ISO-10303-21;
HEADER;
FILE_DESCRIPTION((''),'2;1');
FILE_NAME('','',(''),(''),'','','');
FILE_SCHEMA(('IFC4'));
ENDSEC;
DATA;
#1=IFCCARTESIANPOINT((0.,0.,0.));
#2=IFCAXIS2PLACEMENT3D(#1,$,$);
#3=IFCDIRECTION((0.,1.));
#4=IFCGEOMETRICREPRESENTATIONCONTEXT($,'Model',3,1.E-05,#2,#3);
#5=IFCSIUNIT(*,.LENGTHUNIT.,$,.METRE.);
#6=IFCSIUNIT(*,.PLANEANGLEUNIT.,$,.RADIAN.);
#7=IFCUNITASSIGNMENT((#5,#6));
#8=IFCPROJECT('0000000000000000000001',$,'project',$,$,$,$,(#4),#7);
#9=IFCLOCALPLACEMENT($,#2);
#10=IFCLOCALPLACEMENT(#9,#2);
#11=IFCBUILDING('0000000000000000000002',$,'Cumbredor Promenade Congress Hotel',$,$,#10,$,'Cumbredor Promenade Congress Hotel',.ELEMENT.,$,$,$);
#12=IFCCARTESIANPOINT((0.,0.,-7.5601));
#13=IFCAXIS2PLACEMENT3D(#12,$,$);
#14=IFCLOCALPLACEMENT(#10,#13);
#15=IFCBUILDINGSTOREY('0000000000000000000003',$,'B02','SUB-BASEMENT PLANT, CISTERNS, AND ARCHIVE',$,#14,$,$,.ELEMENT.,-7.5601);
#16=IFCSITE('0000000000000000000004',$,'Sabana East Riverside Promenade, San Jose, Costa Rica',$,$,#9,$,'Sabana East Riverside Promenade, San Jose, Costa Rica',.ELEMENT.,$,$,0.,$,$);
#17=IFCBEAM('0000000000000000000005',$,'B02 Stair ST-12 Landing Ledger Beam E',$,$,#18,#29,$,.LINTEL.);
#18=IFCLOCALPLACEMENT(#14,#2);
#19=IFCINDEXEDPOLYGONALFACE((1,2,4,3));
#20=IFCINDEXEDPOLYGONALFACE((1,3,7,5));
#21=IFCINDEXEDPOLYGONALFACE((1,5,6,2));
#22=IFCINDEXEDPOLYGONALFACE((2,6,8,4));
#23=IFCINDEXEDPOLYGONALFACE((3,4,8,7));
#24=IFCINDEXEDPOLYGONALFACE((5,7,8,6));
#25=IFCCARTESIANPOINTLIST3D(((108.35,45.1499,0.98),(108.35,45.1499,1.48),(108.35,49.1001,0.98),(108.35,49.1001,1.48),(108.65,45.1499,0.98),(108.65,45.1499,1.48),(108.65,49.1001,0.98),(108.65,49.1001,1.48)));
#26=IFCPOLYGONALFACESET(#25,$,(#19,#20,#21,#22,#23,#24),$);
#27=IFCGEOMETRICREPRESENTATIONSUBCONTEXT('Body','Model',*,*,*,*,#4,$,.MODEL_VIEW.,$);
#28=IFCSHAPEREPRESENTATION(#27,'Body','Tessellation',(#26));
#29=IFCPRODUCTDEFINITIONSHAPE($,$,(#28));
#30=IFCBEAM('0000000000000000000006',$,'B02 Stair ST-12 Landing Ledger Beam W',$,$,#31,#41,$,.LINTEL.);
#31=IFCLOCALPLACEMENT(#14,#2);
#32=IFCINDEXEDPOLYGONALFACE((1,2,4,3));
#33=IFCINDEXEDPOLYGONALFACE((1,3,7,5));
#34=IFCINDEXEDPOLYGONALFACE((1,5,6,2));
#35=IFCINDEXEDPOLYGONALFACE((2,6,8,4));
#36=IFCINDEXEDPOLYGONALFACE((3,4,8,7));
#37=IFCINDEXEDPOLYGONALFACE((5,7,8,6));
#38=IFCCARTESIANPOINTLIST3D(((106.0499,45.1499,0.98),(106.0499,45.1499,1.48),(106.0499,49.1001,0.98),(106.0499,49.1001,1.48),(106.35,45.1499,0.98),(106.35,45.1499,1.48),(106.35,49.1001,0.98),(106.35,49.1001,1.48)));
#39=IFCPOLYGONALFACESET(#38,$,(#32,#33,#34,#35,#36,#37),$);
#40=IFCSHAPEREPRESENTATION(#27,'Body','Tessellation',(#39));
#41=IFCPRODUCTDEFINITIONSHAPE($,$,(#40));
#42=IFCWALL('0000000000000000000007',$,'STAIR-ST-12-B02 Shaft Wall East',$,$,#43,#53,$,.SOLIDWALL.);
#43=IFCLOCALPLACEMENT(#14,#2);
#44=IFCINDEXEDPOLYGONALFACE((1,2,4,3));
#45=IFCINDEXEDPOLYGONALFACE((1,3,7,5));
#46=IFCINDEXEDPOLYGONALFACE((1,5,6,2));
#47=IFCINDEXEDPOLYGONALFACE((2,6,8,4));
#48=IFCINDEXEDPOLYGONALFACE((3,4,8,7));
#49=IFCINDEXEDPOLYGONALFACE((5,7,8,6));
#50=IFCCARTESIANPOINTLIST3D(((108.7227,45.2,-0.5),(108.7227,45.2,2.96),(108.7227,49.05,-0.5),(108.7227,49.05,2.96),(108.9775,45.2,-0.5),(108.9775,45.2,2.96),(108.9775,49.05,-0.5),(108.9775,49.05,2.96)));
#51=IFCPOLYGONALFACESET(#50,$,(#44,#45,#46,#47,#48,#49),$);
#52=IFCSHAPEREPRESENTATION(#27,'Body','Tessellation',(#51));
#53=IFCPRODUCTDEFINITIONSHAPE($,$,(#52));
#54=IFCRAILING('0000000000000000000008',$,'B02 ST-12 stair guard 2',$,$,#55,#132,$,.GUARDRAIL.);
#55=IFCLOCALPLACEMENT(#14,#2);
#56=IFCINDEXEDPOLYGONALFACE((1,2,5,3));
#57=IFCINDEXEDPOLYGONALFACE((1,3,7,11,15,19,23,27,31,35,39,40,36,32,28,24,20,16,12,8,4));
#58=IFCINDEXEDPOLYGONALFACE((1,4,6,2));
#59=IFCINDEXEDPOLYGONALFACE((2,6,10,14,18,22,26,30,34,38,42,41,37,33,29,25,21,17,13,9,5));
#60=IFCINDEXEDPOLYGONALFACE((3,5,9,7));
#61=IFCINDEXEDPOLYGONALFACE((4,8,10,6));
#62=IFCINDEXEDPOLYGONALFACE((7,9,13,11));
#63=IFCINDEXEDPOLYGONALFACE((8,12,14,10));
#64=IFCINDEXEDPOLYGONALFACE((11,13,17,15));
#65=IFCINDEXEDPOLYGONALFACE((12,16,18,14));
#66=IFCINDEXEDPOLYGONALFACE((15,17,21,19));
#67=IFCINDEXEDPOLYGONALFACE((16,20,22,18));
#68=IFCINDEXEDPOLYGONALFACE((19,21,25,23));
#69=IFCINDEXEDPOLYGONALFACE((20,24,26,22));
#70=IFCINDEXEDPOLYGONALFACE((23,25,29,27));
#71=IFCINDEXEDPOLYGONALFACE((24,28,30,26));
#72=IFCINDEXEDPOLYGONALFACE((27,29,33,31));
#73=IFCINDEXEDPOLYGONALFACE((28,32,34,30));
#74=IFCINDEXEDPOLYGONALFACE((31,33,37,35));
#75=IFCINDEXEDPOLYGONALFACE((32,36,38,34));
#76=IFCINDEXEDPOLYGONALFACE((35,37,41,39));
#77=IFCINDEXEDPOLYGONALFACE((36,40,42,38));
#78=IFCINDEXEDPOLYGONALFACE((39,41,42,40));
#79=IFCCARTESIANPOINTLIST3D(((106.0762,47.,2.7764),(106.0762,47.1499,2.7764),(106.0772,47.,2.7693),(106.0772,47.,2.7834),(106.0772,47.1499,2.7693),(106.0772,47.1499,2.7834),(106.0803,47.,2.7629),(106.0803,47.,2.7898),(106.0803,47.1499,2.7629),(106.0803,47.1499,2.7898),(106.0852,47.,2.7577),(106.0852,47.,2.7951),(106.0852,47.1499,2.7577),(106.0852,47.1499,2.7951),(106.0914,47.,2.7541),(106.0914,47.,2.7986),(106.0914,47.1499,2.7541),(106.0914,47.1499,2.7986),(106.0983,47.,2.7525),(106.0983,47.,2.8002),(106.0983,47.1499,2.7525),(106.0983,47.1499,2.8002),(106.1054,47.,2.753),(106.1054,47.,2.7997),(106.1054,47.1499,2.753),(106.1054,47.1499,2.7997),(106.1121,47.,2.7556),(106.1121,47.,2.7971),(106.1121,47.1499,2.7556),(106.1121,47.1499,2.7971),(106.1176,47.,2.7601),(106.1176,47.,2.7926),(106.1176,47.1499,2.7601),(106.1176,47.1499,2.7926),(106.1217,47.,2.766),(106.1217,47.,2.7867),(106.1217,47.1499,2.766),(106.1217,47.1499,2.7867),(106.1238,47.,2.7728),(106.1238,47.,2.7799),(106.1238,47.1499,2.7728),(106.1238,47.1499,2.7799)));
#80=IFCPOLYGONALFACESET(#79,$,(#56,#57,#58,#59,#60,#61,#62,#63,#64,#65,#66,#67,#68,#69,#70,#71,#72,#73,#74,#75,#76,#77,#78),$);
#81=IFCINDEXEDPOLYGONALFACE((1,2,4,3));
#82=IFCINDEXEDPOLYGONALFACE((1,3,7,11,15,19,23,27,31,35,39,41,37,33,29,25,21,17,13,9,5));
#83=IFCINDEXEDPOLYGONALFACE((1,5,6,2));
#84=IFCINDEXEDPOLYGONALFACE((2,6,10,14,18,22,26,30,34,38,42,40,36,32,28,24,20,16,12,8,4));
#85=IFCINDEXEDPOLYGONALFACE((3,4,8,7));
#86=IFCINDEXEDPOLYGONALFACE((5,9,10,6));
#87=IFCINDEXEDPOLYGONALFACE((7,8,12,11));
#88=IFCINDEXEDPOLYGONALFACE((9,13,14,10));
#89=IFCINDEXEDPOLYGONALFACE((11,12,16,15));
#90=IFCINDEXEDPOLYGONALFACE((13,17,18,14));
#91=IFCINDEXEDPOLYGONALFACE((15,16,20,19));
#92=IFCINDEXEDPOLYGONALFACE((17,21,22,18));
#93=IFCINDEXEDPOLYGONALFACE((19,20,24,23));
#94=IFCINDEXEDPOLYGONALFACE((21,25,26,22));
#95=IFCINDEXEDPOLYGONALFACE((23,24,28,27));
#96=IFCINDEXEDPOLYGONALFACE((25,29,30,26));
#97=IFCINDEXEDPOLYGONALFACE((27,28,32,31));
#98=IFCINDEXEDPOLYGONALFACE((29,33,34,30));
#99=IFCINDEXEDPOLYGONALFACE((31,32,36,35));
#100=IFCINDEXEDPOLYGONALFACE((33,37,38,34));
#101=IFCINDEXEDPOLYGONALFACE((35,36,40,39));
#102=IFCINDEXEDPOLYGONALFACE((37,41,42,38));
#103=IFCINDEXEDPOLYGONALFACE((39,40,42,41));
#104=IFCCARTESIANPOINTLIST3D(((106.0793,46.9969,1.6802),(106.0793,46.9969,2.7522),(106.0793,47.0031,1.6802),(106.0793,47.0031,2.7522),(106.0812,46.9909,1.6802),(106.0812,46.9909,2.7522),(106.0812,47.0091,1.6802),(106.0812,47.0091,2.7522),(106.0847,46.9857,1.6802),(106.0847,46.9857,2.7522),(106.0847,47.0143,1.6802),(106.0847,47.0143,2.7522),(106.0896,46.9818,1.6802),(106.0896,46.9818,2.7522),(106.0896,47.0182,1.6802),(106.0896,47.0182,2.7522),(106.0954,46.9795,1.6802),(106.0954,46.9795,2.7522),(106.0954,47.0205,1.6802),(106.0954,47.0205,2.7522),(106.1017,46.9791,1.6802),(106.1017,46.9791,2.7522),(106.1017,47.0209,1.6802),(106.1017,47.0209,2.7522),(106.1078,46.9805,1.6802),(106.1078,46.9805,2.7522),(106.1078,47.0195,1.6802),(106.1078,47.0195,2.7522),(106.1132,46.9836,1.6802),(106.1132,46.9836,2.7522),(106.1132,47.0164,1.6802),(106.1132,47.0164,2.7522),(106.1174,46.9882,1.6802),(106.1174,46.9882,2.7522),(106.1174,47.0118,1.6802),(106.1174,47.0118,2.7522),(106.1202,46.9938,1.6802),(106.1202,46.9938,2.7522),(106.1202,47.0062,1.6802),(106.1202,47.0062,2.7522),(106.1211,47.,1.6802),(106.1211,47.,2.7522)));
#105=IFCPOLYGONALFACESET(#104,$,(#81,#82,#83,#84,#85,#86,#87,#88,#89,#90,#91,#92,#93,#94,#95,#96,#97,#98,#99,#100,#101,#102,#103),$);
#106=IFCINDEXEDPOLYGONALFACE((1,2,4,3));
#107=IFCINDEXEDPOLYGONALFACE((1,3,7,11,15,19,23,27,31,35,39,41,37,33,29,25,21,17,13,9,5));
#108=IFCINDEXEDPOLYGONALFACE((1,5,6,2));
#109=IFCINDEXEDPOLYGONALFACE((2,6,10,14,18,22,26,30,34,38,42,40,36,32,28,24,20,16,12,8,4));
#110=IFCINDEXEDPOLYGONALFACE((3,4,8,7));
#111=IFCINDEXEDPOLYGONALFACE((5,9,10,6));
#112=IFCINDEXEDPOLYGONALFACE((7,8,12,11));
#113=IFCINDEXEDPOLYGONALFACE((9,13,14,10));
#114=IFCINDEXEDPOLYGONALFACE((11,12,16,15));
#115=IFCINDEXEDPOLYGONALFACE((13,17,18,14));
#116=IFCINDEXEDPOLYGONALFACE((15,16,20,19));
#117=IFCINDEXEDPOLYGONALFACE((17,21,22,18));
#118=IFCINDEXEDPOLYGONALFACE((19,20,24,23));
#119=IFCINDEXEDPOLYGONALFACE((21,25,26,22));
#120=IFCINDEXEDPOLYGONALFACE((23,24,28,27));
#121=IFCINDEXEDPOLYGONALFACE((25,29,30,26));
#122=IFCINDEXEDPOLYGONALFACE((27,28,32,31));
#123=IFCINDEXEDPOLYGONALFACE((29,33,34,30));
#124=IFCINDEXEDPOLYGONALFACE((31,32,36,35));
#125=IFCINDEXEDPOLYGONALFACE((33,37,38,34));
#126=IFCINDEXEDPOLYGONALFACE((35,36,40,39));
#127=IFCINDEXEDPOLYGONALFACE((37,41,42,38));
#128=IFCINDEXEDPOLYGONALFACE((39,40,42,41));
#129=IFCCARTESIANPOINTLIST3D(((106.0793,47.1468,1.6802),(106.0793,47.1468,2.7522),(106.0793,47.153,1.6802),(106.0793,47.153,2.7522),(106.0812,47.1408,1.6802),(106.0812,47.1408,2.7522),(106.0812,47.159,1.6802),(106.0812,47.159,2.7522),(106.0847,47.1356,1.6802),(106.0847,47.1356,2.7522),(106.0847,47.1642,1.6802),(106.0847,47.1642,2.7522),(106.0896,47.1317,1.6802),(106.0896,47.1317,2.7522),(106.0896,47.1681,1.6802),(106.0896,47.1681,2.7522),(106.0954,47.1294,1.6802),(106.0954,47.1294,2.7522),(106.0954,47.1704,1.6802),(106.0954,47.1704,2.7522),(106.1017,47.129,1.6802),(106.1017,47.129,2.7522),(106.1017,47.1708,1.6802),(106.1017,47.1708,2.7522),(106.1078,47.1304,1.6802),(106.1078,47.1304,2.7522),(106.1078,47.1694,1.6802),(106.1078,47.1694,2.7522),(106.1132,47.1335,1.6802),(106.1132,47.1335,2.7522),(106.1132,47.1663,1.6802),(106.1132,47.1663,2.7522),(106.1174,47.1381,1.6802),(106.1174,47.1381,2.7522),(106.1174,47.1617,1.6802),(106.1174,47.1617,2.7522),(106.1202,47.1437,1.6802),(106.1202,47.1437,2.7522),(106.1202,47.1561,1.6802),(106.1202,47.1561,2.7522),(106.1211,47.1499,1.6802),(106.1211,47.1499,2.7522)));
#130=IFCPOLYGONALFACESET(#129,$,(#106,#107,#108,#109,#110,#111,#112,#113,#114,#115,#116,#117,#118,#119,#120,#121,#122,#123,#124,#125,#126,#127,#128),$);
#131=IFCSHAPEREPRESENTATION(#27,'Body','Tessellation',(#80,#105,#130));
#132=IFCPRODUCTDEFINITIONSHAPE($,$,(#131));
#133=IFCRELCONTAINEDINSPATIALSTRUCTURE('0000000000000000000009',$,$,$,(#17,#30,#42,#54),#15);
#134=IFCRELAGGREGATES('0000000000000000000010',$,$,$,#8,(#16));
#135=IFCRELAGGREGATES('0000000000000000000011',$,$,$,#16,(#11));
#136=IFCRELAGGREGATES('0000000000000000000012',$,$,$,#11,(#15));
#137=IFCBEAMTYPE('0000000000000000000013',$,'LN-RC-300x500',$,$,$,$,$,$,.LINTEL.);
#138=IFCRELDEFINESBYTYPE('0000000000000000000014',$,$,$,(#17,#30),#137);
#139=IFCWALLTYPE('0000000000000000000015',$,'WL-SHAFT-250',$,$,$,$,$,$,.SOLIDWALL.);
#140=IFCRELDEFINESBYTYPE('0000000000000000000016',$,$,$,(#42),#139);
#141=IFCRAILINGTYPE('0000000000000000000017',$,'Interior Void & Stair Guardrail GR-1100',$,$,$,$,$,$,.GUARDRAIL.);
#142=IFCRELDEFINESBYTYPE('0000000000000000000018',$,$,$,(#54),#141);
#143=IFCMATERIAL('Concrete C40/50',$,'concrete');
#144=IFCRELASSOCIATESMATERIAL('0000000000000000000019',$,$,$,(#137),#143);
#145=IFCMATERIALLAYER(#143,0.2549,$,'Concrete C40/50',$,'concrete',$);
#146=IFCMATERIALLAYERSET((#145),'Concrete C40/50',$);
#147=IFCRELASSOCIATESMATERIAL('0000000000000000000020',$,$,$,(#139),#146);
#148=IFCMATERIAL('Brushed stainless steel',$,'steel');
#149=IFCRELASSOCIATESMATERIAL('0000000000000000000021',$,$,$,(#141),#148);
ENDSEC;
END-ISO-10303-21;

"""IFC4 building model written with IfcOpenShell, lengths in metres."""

from ifc_helpers import new_model, si_unit, direction, frame, frame_2d, origin, origin_2d, place, context, subcontext, project, spatial, rectangle, circle, extrude, material, layer, layer_set, material_profile, profile_set, type_object, element, save


model = new_model("IFC4")

# Units and contexts
model_context = context("Model", 3, precision=1e-05, world=origin(), true_north=direction((0.0, 1.0)))
body_context = subcontext(model_context, "Body", "Model", "MODEL_VIEW")
ifc_project = project(units=[si_unit("LENGTHUNIT", "METRE"), si_unit("PLANEANGLEUNIT", "RADIAN")], contexts=[model_context])

# Site, building, storey
site_placement = place(None, origin())
site = spatial("IfcSite", under=ifc_project, at=site_placement, Name="Sabana East Riverside Promenade, San Jose, Costa Rica", LongName="Sabana East Riverside Promenade, San Jose, Costa Rica", CompositionType="ELEMENT", RefElevation=0.0)
building_placement = place(site_placement, origin())
building = spatial("IfcBuilding", under=site, at=building_placement, Name="Cumbredor Promenade Congress Hotel", LongName="Cumbredor Promenade Congress Hotel", CompositionType="ELEMENT")
storey_placement = place(building_placement, frame((0.0, 0.0, -7.5601)))
storey = spatial("IfcBuildingStorey", under=building, at=storey_placement, Name="B02", Description="SUB-BASEMENT PLANT, CISTERNS, AND ARCHIVE", CompositionType="ELEMENT", Elevation=-7.5601)

# Shared definitions
ifc_material_1 = material(Name="Concrete C40/50", Category="concrete")

# Beams
ifc_material_profile_1 = material_profile(ifc_material_1, rectangle(XDim=0.3, YDim=0.5, at=origin_2d()), Name="RC LINTEL 300x500")
ifc_profile_set_1 = profile_set([ifc_material_profile_1], Name="Concrete C40/50")
beam_type_1 = type_object("IfcBeamType", Name="LN-RC-300x500", PredefinedType="LINTEL", material=ifc_profile_set_1)
for number, where, z_axis, x_axis, name in (
    (1, (108.5, 45.1499, 1.23), (0.0, 1.0, 0.0), (-1.0, 0.0, 0.0), "B02 Stair ST-12 Landing Ledger Beam E"),
    (2, (106.2, 45.1499, 1.23), (0.0, 1.0, 0.0), (-1.0, 0.0, 0.0), "B02 Stair ST-12 Landing Ledger Beam W"),
):
    element("IfcBeam", number, at=place(storey_placement, frame(where, z_axis=z_axis, x_axis=x_axis)), inside=storey, type_object=beam_type_1, Name=name, PredefinedType="LINTEL", context=body_context, shape_type="SweptSolid", body=[
        extrude(rectangle(XDim=0.3, YDim=0.5, at=origin_2d()), origin(), (0.0, 0.0, 1.0), 3.9502),
    ])

# Wall
ifc_layer = layer(ifc_material_1, 0.2549, Name="Concrete C40/50", Category="concrete")
ifc_layer_set = layer_set([ifc_layer], Name="Concrete C40/50")
wall_type = type_object("IfcWallType", Name="WL-SHAFT-250", PredefinedType="SOLIDWALL", material=ifc_layer_set)
wall_placement = place(storey_placement, frame((108.8501, 45.2, -0.5), z_axis=(0.0, 0.0, 1.0), x_axis=(0.0, 1.0, 0.0)))
element("IfcWall", 3, at=wall_placement, inside=storey, type_object=wall_type, Name="STAIR-ST-12-B02 Shaft Wall East", PredefinedType="SOLIDWALL", context=body_context, shape_type="SweptSolid", body=[
    extrude(rectangle(XDim=3.8501, YDim=0.2549, at=frame_2d((1.925, 0.0))), origin(), (0.0, 0.0, 1.0), 3.46),
])

# Railing
ifc_material_2 = material(Name="Brushed stainless steel", Category="steel")
railing_type_1 = type_object("IfcRailingType", Name="Interior Void & Stair Guardrail GR-1100", PredefinedType="GUARDRAIL", material=ifc_material_2)
railing_1_placement = place(storey_placement, frame((106.1001, 47.0, 1.6802)))
element("IfcRailing", 4, at=railing_1_placement, inside=storey, type_object=railing_type_1, Name="B02 ST-12 stair guard 2", PredefinedType="GUARDRAIL", context=body_context, shape_type="SweptSolid", body=[
    extrude(circle(Radius=0.0239, at=origin_2d()), frame((0.0, 0.0, 1.0962), z_axis=(0.0, 1.0, 0.0), x_axis=(-1.0, 0.0, 0.0)), (0.0, 0.0, 1.0), 0.1499),
    extrude(circle(Radius=0.021, at=origin_2d()), origin(), (0.0, 0.0, 1.0), 1.072),
    extrude(circle(Radius=0.021, at=origin_2d()), frame((0.0, 0.1499, 0.0)), (0.0, 0.0, 1.0), 1.072),
])

save(model, "model.ifc")
